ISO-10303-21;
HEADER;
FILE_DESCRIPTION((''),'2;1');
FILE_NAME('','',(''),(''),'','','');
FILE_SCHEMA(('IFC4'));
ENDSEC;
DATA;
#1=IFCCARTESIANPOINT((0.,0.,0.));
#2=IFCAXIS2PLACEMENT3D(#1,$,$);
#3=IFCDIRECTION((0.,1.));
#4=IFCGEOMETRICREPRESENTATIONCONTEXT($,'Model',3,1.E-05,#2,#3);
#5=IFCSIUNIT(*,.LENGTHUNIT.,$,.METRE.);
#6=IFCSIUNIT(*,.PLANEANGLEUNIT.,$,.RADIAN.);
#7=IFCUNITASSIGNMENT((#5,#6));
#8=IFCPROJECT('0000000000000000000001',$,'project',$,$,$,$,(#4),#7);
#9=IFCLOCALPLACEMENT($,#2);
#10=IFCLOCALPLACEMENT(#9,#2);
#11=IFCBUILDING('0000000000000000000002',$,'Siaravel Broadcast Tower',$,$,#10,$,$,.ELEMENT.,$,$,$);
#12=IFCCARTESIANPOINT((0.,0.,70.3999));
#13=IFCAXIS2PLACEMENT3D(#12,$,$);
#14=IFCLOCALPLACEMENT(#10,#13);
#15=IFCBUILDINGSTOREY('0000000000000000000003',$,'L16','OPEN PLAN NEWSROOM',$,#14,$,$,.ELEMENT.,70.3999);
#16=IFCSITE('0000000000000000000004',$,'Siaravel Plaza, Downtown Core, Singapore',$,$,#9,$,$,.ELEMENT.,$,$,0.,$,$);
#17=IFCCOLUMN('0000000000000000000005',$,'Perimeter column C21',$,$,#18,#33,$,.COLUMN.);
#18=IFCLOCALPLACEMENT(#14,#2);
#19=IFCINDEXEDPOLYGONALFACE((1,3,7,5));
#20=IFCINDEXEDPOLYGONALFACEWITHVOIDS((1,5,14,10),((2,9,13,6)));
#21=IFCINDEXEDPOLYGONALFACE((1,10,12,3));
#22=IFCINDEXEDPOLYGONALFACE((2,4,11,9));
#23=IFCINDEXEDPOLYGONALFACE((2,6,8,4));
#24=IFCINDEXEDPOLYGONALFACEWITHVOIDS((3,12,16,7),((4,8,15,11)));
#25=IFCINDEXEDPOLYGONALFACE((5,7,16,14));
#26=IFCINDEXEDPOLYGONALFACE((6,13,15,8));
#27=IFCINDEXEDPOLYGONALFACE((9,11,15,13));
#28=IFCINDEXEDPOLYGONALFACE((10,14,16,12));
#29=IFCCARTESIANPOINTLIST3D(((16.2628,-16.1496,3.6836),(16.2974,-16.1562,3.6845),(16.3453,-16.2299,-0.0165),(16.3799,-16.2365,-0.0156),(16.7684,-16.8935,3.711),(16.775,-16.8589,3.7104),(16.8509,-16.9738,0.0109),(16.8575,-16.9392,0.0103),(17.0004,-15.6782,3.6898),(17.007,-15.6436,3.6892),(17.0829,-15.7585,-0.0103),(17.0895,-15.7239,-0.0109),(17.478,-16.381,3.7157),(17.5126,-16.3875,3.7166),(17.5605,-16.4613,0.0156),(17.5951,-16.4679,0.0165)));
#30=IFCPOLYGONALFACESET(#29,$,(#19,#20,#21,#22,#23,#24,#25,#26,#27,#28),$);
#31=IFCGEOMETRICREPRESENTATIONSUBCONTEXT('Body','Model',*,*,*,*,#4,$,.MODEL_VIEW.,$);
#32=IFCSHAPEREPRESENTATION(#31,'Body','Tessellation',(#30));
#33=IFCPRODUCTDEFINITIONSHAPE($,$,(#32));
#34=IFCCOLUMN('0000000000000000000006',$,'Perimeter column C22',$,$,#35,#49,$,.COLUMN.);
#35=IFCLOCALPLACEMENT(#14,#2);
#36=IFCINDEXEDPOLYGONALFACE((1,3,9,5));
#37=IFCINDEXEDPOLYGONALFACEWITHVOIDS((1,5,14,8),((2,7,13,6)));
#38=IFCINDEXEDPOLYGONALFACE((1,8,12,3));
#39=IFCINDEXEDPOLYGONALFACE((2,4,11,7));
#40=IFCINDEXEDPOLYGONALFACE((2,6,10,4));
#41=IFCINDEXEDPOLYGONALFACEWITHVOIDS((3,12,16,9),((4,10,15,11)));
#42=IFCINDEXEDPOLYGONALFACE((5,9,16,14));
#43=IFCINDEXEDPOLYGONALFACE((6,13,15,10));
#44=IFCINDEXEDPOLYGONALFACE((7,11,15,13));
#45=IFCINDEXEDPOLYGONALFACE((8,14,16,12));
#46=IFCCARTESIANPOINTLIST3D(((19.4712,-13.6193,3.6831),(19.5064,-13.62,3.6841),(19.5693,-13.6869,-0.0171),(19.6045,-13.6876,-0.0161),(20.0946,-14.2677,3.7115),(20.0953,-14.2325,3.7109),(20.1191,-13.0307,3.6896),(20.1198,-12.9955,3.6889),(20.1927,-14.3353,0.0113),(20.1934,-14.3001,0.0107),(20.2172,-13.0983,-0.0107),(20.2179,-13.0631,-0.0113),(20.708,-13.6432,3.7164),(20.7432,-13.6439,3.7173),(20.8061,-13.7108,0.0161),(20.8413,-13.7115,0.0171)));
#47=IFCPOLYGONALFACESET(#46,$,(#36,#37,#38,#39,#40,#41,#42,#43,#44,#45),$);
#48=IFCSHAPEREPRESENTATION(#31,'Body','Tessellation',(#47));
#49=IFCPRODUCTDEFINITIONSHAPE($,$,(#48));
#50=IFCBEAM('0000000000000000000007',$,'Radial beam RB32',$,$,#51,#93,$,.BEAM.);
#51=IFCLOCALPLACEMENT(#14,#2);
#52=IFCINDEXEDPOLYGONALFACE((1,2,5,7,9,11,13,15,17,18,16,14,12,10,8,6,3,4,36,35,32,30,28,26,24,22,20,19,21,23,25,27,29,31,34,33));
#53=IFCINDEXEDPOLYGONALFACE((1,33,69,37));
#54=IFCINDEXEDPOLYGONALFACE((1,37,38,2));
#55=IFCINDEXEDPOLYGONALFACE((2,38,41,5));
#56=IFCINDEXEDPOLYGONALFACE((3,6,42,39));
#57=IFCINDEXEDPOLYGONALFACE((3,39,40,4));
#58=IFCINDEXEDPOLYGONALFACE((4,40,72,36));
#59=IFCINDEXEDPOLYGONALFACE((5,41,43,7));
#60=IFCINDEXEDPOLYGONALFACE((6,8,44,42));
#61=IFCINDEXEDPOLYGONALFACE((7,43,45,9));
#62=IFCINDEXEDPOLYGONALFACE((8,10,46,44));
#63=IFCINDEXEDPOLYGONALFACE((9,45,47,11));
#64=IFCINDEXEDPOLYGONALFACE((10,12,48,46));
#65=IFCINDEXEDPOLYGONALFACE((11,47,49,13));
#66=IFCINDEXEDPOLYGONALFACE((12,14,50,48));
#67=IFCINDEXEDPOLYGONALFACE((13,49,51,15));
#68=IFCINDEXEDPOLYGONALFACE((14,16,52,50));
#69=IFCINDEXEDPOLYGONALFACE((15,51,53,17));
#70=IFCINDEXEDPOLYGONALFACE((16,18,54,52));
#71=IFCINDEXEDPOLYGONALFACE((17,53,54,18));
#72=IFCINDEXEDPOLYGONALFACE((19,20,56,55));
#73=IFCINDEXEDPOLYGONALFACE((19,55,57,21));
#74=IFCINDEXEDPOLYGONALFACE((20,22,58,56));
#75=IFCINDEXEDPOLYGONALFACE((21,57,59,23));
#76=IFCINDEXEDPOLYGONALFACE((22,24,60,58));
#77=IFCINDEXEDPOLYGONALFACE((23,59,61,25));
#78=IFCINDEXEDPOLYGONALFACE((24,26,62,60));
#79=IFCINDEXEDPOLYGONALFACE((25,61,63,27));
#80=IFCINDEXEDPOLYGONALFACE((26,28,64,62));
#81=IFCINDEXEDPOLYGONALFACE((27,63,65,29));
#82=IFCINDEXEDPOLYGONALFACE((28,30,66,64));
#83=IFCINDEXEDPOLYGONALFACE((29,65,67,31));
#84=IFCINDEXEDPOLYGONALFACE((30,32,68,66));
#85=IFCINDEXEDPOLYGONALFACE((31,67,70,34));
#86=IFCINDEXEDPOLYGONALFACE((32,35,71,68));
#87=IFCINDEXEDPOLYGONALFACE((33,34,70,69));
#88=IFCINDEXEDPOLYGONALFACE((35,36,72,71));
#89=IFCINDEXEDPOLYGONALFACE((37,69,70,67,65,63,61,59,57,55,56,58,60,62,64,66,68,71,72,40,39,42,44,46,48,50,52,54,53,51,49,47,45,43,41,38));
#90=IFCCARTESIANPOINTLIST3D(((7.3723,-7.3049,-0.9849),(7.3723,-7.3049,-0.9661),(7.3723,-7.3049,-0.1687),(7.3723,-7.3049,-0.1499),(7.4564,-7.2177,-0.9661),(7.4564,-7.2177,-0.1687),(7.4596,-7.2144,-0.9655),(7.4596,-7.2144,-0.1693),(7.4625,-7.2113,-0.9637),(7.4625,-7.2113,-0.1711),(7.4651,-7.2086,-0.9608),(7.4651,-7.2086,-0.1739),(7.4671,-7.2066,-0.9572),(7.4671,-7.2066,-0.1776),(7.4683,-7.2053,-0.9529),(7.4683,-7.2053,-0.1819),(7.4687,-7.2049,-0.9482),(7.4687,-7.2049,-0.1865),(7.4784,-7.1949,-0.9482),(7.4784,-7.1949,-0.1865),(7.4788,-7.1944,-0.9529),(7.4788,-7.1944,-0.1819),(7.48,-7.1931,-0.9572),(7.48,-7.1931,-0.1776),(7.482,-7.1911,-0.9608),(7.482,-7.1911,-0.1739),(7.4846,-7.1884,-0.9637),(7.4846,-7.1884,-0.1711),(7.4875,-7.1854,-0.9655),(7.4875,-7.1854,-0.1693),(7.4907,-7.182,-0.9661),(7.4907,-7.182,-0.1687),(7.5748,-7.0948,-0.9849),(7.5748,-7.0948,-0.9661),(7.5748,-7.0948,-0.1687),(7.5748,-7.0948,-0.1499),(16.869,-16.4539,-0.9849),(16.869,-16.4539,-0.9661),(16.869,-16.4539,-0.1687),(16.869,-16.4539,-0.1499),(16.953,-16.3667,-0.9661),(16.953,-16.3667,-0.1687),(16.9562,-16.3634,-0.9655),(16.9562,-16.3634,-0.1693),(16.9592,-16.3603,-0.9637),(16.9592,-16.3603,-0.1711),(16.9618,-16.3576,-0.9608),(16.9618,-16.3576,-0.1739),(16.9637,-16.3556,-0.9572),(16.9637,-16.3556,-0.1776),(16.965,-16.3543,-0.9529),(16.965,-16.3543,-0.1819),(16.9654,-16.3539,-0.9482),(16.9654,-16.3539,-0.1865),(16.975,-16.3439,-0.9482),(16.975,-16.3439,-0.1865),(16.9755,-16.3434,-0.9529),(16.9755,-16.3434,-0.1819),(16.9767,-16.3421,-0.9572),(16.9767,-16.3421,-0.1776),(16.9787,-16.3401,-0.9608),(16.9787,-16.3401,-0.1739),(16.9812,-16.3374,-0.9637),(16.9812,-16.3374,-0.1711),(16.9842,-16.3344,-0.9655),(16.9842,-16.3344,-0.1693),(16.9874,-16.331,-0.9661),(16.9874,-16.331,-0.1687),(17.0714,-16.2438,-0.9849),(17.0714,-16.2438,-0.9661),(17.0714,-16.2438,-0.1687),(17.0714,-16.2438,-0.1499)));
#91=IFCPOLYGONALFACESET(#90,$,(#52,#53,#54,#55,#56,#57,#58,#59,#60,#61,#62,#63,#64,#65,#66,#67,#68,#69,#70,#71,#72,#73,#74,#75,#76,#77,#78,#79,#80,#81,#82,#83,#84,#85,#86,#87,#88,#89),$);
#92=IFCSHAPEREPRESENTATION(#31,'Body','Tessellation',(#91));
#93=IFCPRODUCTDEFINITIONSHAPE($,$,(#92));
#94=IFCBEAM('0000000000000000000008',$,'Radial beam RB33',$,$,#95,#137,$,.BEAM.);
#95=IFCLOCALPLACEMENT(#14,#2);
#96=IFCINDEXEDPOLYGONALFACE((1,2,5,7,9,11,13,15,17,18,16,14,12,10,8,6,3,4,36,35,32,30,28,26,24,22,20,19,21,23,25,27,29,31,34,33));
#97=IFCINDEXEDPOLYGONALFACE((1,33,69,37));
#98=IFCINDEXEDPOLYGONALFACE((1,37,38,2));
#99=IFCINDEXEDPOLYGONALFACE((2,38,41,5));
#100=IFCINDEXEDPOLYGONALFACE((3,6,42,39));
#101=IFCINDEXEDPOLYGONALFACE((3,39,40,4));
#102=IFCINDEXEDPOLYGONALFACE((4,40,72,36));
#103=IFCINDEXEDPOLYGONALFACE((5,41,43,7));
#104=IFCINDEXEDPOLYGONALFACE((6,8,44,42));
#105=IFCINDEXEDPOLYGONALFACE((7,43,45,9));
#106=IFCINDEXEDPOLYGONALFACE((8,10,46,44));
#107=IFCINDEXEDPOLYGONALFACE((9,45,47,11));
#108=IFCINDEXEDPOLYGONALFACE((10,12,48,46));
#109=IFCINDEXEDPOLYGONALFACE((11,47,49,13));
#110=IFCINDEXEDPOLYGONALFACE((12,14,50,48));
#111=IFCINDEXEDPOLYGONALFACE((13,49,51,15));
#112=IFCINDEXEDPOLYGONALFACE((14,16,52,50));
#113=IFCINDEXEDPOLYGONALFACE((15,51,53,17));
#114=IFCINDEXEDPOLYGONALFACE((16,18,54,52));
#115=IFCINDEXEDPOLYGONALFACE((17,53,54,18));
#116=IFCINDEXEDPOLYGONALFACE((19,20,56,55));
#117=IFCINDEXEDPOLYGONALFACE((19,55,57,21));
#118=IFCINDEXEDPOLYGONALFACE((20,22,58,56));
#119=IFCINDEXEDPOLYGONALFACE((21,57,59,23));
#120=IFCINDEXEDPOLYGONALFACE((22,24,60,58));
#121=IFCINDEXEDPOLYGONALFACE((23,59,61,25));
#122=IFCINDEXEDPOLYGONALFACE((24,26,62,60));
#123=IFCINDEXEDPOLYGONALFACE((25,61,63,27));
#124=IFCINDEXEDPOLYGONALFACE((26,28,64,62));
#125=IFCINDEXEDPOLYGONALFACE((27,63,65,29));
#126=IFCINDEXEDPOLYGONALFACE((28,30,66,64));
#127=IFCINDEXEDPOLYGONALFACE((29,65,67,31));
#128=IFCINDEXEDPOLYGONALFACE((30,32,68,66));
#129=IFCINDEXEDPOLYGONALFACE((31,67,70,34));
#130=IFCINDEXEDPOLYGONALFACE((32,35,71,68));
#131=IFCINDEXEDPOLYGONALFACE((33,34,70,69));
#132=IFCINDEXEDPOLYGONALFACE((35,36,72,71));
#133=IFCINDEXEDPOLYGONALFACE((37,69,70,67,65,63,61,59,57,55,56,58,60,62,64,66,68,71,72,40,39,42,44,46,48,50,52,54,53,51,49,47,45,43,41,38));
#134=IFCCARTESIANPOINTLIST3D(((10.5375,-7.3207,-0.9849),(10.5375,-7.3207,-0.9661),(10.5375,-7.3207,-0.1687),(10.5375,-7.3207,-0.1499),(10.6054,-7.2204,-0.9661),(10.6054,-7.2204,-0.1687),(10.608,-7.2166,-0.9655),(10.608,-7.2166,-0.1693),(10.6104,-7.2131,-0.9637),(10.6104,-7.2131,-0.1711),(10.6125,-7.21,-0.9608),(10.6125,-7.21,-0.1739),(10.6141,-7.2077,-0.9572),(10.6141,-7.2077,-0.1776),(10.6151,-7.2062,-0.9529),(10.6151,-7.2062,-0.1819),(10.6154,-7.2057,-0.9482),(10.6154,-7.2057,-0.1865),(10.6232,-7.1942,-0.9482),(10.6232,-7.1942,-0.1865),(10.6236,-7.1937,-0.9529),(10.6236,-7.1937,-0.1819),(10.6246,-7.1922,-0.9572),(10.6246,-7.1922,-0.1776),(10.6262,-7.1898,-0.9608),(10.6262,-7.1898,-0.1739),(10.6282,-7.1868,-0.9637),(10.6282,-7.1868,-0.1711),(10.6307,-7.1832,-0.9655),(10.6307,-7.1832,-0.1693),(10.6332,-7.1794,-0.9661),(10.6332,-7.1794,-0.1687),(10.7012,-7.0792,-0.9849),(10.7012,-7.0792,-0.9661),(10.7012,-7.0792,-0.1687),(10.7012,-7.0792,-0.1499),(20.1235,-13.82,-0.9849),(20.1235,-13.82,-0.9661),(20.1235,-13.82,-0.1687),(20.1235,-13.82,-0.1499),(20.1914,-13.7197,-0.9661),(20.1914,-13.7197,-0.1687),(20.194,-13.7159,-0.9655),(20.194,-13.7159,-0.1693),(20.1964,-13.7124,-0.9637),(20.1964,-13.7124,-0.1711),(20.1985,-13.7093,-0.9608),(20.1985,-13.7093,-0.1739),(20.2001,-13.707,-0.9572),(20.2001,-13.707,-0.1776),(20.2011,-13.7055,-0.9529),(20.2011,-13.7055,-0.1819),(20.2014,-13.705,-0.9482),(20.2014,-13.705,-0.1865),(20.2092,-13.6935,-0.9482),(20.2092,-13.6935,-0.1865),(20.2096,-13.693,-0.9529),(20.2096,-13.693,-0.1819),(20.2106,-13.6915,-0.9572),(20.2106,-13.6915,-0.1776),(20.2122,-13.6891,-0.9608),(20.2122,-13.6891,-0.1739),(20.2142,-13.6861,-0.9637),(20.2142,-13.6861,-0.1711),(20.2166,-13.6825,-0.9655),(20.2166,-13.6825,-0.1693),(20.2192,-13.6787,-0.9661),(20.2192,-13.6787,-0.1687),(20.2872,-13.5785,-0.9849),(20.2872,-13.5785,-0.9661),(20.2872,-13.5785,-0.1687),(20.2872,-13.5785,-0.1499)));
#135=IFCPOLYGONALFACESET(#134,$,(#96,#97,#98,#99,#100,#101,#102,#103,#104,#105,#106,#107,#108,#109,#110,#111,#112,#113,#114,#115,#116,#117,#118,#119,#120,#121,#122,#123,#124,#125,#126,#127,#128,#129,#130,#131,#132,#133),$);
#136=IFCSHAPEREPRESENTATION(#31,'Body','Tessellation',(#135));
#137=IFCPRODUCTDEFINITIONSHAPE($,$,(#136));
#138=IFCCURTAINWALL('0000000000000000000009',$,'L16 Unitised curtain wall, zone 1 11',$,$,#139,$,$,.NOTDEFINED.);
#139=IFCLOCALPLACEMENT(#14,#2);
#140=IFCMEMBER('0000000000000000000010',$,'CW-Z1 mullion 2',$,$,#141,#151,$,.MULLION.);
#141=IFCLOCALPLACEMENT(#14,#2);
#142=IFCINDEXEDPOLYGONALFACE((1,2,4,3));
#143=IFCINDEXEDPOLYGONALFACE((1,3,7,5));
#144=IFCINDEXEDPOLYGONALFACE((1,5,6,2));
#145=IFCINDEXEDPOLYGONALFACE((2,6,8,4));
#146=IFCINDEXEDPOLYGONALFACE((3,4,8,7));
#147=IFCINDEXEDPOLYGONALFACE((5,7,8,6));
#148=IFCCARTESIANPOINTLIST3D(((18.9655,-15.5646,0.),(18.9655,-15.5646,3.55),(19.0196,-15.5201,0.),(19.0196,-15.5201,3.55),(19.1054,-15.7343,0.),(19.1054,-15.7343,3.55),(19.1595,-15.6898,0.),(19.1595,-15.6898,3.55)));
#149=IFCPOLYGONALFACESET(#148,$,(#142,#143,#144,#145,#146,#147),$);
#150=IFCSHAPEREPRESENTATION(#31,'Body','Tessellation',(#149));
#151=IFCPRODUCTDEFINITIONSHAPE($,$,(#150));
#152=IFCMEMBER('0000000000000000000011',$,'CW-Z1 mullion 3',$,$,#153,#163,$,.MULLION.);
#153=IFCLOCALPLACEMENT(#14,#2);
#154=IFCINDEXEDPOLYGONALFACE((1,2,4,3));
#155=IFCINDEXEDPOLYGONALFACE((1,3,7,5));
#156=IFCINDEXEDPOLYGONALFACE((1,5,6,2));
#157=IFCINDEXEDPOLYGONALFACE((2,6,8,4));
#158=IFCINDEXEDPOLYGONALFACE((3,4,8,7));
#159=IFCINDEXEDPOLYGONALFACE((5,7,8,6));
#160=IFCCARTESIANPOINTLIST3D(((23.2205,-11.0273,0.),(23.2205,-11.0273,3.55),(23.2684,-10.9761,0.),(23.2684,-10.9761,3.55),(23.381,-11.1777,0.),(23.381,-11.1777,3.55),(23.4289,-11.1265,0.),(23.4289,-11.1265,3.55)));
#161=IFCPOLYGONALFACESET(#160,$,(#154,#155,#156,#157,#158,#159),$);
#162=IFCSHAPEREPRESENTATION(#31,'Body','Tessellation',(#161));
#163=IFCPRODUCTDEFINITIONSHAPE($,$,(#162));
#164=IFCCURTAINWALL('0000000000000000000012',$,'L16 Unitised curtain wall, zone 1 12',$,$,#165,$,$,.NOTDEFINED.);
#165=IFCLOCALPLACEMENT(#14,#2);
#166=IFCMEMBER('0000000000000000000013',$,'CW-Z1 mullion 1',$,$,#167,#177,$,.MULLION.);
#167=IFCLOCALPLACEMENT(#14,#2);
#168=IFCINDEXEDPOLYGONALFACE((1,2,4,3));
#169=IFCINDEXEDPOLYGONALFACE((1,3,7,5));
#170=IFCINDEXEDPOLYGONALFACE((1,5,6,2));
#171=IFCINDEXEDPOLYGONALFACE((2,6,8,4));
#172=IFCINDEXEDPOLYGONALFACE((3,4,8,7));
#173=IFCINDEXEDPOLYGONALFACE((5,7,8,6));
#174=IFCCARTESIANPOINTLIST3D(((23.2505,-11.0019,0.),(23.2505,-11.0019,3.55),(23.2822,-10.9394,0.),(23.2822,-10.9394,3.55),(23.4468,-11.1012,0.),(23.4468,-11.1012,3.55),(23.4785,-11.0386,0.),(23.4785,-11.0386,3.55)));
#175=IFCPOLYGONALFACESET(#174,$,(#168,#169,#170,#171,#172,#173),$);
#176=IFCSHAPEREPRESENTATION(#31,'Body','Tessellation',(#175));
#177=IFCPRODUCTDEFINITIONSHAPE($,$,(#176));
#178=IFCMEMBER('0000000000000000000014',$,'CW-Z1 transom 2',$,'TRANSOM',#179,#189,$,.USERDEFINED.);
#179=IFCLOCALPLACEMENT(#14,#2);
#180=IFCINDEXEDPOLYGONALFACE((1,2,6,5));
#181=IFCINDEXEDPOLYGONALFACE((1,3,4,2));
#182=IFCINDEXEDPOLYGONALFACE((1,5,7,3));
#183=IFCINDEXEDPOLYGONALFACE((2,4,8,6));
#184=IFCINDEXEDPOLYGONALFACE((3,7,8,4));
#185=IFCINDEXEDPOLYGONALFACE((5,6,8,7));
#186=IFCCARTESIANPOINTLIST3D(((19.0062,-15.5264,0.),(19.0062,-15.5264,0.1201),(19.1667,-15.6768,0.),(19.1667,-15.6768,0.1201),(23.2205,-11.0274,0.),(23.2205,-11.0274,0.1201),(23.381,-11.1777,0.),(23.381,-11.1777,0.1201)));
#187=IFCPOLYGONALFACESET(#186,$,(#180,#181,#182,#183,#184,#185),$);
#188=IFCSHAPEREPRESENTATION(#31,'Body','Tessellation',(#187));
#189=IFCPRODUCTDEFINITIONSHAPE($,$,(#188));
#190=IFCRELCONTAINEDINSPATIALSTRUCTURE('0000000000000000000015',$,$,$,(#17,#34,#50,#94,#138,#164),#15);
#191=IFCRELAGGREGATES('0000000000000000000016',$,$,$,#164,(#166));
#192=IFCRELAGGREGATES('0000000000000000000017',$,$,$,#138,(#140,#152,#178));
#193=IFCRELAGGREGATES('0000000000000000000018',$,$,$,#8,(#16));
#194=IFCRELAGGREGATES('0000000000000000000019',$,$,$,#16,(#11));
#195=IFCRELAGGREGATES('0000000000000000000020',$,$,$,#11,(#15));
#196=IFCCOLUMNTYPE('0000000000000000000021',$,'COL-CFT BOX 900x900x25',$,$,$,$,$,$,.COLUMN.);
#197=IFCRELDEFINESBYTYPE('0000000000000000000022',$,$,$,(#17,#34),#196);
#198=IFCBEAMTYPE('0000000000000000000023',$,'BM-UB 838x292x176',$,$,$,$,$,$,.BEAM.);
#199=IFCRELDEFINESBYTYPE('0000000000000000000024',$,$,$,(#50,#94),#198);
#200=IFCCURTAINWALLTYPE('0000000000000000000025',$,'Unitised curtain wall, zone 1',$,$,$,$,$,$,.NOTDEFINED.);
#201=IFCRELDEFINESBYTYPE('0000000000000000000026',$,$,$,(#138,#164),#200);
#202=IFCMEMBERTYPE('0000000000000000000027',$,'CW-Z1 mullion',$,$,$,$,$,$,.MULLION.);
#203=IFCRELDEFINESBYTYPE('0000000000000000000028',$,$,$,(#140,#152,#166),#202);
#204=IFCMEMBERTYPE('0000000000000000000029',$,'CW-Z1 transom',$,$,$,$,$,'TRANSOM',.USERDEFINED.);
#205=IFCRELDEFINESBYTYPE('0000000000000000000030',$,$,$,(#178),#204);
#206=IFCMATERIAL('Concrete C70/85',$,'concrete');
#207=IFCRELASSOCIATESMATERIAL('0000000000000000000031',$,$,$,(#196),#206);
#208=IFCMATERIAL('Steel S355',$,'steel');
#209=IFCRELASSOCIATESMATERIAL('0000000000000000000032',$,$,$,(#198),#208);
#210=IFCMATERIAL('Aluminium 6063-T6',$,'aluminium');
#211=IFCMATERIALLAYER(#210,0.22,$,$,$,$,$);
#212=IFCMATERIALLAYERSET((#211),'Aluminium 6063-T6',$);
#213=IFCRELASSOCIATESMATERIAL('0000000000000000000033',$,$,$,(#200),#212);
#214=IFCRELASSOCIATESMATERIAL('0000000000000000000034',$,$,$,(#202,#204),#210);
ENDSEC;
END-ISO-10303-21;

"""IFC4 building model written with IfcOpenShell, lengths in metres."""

from ifc_helpers import new_model, si_unit, direction, frame, origin, origin_2d, place, context, subcontext, project, spatial, rectangle, hollow_rectangle, i_section, extrude, material, layer, layer_set, material_profile, profile_set, type_object, element, aggregate, save


model = new_model("IFC4")

# Units and contexts
model_context = context("Model", 3, precision=1e-05, world=origin(), true_north=direction((0.0, 1.0)))
body_context = subcontext(model_context, "Body", "Model", "MODEL_VIEW")
ifc_project = project(units=[si_unit("LENGTHUNIT", "METRE"), si_unit("PLANEANGLEUNIT", "RADIAN")], contexts=[model_context])

# Site, building, storey
site_placement = place(None, origin())
site = spatial("IfcSite", under=ifc_project, at=site_placement, Name="Siaravel Plaza, Downtown Core, Singapore", CompositionType="ELEMENT", RefElevation=0.0)
building_placement = place(site_placement, origin())
building = spatial("IfcBuilding", under=site, at=building_placement, Name="Siaravel Broadcast Tower", CompositionType="ELEMENT")
storey_placement = place(building_placement, frame((0.0, 0.0, 70.3999)))
storey = spatial("IfcBuildingStorey", under=building, at=storey_placement, Name="L16", Description="OPEN PLAN NEWSROOM", CompositionType="ELEMENT", Elevation=70.3999)

# Columns
ifc_material_1 = material(Name="Concrete C70/85", Category="concrete")
ifc_material_profile_1 = material_profile(ifc_material_1, hollow_rectangle(XDim=0.8999, YDim=0.8999, WallThickness=0.0249, at=origin_2d()))
ifc_profile_set_1 = profile_set([ifc_material_profile_1], Name="Concrete C70/85")
column_type = type_object("IfcColumnType", Name="COL-CFT BOX 900x900x25", PredefinedType="COLUMN", material=ifc_profile_set_1)
column_1_placement = place(storey_placement, frame((16.9702, -16.3489, 0.0), z_axis=(-0.022291, 0.021697, 0.999516), x_axis=(-0.826952, -0.562239, -0.006237)))
element("IfcColumn", 1, at=column_1_placement, inside=storey, type_object=column_type, Name="Perimeter column C21", PredefinedType="COLUMN", context=body_context, shape_type="SweptSolid", body=[
    extrude(hollow_rectangle(XDim=0.8999, YDim=0.8999, WallThickness=0.0249, at=origin_2d()), origin(), (0.0, 0.0, 1.0), 3.7019),
])
column_2_placement = place(storey_placement, frame((20.2053, -13.6992, 0.0), z_axis=(-0.02651, 0.018267, 0.999482), x_axis=(-0.720731, -0.693184, -0.006448)))
element("IfcColumn", 2, at=column_2_placement, inside=storey, type_object=column_type, Name="Perimeter column C22", PredefinedType="COLUMN", context=body_context, shape_type="SweptSolid", body=[
    extrude(hollow_rectangle(XDim=0.8999, YDim=0.8999, WallThickness=0.0249, at=origin_2d()), origin(), (0.0, 0.0, 1.0), 3.7021),
])

# Beams
ifc_material_2 = material(Name="Steel S355", Category="steel")
ifc_material_profile_2 = material_profile(ifc_material_2, i_section(OverallWidth=0.2917, OverallDepth=0.835, WebThickness=0.0139, FlangeThickness=0.0188, FilletRadius=0.0178, at=origin_2d()))
ifc_profile_set_2 = profile_set([ifc_material_profile_2], Name="Steel S355")
beam_type = type_object("IfcBeamType", Name="BM-UB 838x292x176", PredefinedType="BEAM", material=ifc_profile_set_2)
beam_1_placement = place(storey_placement, frame((16.9702, -16.3489, -0.5674), z_axis=(-0.720166, 0.693802, 0.0), x_axis=(-0.693802, -0.720166, 0.0)))
element("IfcBeam", 3, at=beam_1_placement, inside=storey, type_object=beam_type, Name="Radial beam RB32", PredefinedType="BEAM", context=body_context, shape_type="SweptSolid", body=[
    extrude(i_section(OverallWidth=0.2917, OverallDepth=0.835, WebThickness=0.0139, FlangeThickness=0.0188, FilletRadius=0.0178, at=origin_2d()), origin(), (0.0, 0.0, 1.0), 13.1868),
])
beam_2_placement = place(storey_placement, frame((20.2053, -13.6992, -0.5674), z_axis=(-0.827695, 0.561178, 0.0), x_axis=(-0.561178, -0.827695, 0.0)))
element("IfcBeam", 4, at=beam_2_placement, inside=storey, type_object=beam_type, Name="Radial beam RB33", PredefinedType="BEAM", context=body_context, shape_type="SweptSolid", body=[
    extrude(i_section(OverallWidth=0.2917, OverallDepth=0.835, WebThickness=0.0139, FlangeThickness=0.0188, FilletRadius=0.0178, at=origin_2d()), origin(), (0.0, 0.0, 1.0), 11.5815),
])

# Curtain wall, members
ifc_material_3 = material(Name="Aluminium 6063-T6", Category="aluminium")
ifc_layer_1 = layer(ifc_material_3, 0.22)
ifc_layer_set_1 = layer_set([ifc_layer_1], Name="Aluminium 6063-T6")
curtain_wall_type = type_object("IfcCurtainWallType", Name="Unitised curtain wall, zone 1", PredefinedType="NOTDEFINED", material=ifc_layer_set_1)
curtain_wall_1_placement = place(storey_placement, origin())
curtain_wall_1 = element("IfcCurtainWall", 5, at=curtain_wall_1_placement, inside=storey, type_object=curtain_wall_type, Name="L16 Unitised curtain wall, zone 1 11", PredefinedType="NOTDEFINED")
ifc_material_profile_3 = material_profile(ifc_material_3, rectangle(XDim=0.22, YDim=0.0701, at=origin_2d()))
ifc_profile_set_3 = profile_set([ifc_material_profile_3], Name="Aluminium 6063-T6")
member_type_1 = type_object("IfcMemberType", Name="CW-Z1 mullion", PredefinedType="MULLION", material=ifc_profile_set_3)
member_1_placement = place(storey_placement, frame((19.0625, -15.6272, 0.0), z_axis=(0.0, 0.0, 1.0), x_axis=(-0.636219, 0.771508, 0.0)))
member_1 = element("IfcMember", 6, at=member_1_placement, type_object=member_type_1, Name="CW-Z1 mullion 2", PredefinedType="MULLION", context=body_context, shape_type="SweptSolid", body=[
    extrude(rectangle(XDim=0.22, YDim=0.0701, at=origin_2d()), origin(), (0.0, 0.0, 1.0), 3.55),
])
member_2_placement = place(storey_placement, frame((23.3247, -11.0769, 0.0), z_axis=(0.0, 0.0, 1.0), x_axis=(-0.729806, 0.683655, 0.0)))
member_2 = element("IfcMember", 7, at=member_2_placement, type_object=member_type_1, Name="CW-Z1 mullion 3", PredefinedType="MULLION", context=body_context, shape_type="SweptSolid", body=[
    extrude(rectangle(XDim=0.22, YDim=0.0701, at=origin_2d()), origin(), (0.0, 0.0, 1.0), 3.55),
])

# Curtain wall, member
curtain_wall_2_placement = place(storey_placement, origin())
curtain_wall_2 = element("IfcCurtainWall", 8, at=curtain_wall_2_placement, inside=storey, type_object=curtain_wall_type, Name="L16 Unitised curtain wall, zone 1 12", PredefinedType="NOTDEFINED")
member_3_placement = place(storey_placement, frame((23.3645, -11.0203, 0.0), z_axis=(0.0, 0.0, 1.0), x_axis=(-0.892392, 0.451261, 0.0)))
member_3 = element("IfcMember", 9, at=member_3_placement, type_object=member_type_1, Name="CW-Z1 mullion 1", PredefinedType="MULLION", context=body_context, shape_type="SweptSolid", body=[
    extrude(rectangle(XDim=0.22, YDim=0.0701, at=origin_2d()), origin(), (0.0, 0.0, 1.0), 3.55),
])
aggregate(curtain_wall_2, [member_3])

# Member
ifc_material_profile_4 = material_profile(ifc_material_3, rectangle(XDim=0.22, YDim=0.1201, at=origin_2d()))
ifc_profile_set_4 = profile_set([ifc_material_profile_4], Name="Aluminium 6063-T6")
member_type_2 = type_object("IfcMemberType", Name="CW-Z1 transom", ElementType="TRANSOM", PredefinedType="USERDEFINED", material=ifc_profile_set_4)
member_4_placement = place(storey_placement, frame((19.0864, -15.6016, 0.0601), z_axis=(0.683641, 0.729819, 0.0), x_axis=(-0.729819, 0.683641, 0.0)))
member_4 = element("IfcMember", 10, at=member_4_placement, type_object=member_type_2, Name="CW-Z1 transom 2", ObjectType="TRANSOM", PredefinedType="USERDEFINED", context=body_context, shape_type="SweptSolid", body=[
    extrude(rectangle(XDim=0.22, YDim=0.1201, at=origin_2d()), origin(), (0.0, 0.0, 1.0), 6.1646),
])

aggregate(curtain_wall_1, [member_1, member_2, member_4])

save(model, "model.ifc")
